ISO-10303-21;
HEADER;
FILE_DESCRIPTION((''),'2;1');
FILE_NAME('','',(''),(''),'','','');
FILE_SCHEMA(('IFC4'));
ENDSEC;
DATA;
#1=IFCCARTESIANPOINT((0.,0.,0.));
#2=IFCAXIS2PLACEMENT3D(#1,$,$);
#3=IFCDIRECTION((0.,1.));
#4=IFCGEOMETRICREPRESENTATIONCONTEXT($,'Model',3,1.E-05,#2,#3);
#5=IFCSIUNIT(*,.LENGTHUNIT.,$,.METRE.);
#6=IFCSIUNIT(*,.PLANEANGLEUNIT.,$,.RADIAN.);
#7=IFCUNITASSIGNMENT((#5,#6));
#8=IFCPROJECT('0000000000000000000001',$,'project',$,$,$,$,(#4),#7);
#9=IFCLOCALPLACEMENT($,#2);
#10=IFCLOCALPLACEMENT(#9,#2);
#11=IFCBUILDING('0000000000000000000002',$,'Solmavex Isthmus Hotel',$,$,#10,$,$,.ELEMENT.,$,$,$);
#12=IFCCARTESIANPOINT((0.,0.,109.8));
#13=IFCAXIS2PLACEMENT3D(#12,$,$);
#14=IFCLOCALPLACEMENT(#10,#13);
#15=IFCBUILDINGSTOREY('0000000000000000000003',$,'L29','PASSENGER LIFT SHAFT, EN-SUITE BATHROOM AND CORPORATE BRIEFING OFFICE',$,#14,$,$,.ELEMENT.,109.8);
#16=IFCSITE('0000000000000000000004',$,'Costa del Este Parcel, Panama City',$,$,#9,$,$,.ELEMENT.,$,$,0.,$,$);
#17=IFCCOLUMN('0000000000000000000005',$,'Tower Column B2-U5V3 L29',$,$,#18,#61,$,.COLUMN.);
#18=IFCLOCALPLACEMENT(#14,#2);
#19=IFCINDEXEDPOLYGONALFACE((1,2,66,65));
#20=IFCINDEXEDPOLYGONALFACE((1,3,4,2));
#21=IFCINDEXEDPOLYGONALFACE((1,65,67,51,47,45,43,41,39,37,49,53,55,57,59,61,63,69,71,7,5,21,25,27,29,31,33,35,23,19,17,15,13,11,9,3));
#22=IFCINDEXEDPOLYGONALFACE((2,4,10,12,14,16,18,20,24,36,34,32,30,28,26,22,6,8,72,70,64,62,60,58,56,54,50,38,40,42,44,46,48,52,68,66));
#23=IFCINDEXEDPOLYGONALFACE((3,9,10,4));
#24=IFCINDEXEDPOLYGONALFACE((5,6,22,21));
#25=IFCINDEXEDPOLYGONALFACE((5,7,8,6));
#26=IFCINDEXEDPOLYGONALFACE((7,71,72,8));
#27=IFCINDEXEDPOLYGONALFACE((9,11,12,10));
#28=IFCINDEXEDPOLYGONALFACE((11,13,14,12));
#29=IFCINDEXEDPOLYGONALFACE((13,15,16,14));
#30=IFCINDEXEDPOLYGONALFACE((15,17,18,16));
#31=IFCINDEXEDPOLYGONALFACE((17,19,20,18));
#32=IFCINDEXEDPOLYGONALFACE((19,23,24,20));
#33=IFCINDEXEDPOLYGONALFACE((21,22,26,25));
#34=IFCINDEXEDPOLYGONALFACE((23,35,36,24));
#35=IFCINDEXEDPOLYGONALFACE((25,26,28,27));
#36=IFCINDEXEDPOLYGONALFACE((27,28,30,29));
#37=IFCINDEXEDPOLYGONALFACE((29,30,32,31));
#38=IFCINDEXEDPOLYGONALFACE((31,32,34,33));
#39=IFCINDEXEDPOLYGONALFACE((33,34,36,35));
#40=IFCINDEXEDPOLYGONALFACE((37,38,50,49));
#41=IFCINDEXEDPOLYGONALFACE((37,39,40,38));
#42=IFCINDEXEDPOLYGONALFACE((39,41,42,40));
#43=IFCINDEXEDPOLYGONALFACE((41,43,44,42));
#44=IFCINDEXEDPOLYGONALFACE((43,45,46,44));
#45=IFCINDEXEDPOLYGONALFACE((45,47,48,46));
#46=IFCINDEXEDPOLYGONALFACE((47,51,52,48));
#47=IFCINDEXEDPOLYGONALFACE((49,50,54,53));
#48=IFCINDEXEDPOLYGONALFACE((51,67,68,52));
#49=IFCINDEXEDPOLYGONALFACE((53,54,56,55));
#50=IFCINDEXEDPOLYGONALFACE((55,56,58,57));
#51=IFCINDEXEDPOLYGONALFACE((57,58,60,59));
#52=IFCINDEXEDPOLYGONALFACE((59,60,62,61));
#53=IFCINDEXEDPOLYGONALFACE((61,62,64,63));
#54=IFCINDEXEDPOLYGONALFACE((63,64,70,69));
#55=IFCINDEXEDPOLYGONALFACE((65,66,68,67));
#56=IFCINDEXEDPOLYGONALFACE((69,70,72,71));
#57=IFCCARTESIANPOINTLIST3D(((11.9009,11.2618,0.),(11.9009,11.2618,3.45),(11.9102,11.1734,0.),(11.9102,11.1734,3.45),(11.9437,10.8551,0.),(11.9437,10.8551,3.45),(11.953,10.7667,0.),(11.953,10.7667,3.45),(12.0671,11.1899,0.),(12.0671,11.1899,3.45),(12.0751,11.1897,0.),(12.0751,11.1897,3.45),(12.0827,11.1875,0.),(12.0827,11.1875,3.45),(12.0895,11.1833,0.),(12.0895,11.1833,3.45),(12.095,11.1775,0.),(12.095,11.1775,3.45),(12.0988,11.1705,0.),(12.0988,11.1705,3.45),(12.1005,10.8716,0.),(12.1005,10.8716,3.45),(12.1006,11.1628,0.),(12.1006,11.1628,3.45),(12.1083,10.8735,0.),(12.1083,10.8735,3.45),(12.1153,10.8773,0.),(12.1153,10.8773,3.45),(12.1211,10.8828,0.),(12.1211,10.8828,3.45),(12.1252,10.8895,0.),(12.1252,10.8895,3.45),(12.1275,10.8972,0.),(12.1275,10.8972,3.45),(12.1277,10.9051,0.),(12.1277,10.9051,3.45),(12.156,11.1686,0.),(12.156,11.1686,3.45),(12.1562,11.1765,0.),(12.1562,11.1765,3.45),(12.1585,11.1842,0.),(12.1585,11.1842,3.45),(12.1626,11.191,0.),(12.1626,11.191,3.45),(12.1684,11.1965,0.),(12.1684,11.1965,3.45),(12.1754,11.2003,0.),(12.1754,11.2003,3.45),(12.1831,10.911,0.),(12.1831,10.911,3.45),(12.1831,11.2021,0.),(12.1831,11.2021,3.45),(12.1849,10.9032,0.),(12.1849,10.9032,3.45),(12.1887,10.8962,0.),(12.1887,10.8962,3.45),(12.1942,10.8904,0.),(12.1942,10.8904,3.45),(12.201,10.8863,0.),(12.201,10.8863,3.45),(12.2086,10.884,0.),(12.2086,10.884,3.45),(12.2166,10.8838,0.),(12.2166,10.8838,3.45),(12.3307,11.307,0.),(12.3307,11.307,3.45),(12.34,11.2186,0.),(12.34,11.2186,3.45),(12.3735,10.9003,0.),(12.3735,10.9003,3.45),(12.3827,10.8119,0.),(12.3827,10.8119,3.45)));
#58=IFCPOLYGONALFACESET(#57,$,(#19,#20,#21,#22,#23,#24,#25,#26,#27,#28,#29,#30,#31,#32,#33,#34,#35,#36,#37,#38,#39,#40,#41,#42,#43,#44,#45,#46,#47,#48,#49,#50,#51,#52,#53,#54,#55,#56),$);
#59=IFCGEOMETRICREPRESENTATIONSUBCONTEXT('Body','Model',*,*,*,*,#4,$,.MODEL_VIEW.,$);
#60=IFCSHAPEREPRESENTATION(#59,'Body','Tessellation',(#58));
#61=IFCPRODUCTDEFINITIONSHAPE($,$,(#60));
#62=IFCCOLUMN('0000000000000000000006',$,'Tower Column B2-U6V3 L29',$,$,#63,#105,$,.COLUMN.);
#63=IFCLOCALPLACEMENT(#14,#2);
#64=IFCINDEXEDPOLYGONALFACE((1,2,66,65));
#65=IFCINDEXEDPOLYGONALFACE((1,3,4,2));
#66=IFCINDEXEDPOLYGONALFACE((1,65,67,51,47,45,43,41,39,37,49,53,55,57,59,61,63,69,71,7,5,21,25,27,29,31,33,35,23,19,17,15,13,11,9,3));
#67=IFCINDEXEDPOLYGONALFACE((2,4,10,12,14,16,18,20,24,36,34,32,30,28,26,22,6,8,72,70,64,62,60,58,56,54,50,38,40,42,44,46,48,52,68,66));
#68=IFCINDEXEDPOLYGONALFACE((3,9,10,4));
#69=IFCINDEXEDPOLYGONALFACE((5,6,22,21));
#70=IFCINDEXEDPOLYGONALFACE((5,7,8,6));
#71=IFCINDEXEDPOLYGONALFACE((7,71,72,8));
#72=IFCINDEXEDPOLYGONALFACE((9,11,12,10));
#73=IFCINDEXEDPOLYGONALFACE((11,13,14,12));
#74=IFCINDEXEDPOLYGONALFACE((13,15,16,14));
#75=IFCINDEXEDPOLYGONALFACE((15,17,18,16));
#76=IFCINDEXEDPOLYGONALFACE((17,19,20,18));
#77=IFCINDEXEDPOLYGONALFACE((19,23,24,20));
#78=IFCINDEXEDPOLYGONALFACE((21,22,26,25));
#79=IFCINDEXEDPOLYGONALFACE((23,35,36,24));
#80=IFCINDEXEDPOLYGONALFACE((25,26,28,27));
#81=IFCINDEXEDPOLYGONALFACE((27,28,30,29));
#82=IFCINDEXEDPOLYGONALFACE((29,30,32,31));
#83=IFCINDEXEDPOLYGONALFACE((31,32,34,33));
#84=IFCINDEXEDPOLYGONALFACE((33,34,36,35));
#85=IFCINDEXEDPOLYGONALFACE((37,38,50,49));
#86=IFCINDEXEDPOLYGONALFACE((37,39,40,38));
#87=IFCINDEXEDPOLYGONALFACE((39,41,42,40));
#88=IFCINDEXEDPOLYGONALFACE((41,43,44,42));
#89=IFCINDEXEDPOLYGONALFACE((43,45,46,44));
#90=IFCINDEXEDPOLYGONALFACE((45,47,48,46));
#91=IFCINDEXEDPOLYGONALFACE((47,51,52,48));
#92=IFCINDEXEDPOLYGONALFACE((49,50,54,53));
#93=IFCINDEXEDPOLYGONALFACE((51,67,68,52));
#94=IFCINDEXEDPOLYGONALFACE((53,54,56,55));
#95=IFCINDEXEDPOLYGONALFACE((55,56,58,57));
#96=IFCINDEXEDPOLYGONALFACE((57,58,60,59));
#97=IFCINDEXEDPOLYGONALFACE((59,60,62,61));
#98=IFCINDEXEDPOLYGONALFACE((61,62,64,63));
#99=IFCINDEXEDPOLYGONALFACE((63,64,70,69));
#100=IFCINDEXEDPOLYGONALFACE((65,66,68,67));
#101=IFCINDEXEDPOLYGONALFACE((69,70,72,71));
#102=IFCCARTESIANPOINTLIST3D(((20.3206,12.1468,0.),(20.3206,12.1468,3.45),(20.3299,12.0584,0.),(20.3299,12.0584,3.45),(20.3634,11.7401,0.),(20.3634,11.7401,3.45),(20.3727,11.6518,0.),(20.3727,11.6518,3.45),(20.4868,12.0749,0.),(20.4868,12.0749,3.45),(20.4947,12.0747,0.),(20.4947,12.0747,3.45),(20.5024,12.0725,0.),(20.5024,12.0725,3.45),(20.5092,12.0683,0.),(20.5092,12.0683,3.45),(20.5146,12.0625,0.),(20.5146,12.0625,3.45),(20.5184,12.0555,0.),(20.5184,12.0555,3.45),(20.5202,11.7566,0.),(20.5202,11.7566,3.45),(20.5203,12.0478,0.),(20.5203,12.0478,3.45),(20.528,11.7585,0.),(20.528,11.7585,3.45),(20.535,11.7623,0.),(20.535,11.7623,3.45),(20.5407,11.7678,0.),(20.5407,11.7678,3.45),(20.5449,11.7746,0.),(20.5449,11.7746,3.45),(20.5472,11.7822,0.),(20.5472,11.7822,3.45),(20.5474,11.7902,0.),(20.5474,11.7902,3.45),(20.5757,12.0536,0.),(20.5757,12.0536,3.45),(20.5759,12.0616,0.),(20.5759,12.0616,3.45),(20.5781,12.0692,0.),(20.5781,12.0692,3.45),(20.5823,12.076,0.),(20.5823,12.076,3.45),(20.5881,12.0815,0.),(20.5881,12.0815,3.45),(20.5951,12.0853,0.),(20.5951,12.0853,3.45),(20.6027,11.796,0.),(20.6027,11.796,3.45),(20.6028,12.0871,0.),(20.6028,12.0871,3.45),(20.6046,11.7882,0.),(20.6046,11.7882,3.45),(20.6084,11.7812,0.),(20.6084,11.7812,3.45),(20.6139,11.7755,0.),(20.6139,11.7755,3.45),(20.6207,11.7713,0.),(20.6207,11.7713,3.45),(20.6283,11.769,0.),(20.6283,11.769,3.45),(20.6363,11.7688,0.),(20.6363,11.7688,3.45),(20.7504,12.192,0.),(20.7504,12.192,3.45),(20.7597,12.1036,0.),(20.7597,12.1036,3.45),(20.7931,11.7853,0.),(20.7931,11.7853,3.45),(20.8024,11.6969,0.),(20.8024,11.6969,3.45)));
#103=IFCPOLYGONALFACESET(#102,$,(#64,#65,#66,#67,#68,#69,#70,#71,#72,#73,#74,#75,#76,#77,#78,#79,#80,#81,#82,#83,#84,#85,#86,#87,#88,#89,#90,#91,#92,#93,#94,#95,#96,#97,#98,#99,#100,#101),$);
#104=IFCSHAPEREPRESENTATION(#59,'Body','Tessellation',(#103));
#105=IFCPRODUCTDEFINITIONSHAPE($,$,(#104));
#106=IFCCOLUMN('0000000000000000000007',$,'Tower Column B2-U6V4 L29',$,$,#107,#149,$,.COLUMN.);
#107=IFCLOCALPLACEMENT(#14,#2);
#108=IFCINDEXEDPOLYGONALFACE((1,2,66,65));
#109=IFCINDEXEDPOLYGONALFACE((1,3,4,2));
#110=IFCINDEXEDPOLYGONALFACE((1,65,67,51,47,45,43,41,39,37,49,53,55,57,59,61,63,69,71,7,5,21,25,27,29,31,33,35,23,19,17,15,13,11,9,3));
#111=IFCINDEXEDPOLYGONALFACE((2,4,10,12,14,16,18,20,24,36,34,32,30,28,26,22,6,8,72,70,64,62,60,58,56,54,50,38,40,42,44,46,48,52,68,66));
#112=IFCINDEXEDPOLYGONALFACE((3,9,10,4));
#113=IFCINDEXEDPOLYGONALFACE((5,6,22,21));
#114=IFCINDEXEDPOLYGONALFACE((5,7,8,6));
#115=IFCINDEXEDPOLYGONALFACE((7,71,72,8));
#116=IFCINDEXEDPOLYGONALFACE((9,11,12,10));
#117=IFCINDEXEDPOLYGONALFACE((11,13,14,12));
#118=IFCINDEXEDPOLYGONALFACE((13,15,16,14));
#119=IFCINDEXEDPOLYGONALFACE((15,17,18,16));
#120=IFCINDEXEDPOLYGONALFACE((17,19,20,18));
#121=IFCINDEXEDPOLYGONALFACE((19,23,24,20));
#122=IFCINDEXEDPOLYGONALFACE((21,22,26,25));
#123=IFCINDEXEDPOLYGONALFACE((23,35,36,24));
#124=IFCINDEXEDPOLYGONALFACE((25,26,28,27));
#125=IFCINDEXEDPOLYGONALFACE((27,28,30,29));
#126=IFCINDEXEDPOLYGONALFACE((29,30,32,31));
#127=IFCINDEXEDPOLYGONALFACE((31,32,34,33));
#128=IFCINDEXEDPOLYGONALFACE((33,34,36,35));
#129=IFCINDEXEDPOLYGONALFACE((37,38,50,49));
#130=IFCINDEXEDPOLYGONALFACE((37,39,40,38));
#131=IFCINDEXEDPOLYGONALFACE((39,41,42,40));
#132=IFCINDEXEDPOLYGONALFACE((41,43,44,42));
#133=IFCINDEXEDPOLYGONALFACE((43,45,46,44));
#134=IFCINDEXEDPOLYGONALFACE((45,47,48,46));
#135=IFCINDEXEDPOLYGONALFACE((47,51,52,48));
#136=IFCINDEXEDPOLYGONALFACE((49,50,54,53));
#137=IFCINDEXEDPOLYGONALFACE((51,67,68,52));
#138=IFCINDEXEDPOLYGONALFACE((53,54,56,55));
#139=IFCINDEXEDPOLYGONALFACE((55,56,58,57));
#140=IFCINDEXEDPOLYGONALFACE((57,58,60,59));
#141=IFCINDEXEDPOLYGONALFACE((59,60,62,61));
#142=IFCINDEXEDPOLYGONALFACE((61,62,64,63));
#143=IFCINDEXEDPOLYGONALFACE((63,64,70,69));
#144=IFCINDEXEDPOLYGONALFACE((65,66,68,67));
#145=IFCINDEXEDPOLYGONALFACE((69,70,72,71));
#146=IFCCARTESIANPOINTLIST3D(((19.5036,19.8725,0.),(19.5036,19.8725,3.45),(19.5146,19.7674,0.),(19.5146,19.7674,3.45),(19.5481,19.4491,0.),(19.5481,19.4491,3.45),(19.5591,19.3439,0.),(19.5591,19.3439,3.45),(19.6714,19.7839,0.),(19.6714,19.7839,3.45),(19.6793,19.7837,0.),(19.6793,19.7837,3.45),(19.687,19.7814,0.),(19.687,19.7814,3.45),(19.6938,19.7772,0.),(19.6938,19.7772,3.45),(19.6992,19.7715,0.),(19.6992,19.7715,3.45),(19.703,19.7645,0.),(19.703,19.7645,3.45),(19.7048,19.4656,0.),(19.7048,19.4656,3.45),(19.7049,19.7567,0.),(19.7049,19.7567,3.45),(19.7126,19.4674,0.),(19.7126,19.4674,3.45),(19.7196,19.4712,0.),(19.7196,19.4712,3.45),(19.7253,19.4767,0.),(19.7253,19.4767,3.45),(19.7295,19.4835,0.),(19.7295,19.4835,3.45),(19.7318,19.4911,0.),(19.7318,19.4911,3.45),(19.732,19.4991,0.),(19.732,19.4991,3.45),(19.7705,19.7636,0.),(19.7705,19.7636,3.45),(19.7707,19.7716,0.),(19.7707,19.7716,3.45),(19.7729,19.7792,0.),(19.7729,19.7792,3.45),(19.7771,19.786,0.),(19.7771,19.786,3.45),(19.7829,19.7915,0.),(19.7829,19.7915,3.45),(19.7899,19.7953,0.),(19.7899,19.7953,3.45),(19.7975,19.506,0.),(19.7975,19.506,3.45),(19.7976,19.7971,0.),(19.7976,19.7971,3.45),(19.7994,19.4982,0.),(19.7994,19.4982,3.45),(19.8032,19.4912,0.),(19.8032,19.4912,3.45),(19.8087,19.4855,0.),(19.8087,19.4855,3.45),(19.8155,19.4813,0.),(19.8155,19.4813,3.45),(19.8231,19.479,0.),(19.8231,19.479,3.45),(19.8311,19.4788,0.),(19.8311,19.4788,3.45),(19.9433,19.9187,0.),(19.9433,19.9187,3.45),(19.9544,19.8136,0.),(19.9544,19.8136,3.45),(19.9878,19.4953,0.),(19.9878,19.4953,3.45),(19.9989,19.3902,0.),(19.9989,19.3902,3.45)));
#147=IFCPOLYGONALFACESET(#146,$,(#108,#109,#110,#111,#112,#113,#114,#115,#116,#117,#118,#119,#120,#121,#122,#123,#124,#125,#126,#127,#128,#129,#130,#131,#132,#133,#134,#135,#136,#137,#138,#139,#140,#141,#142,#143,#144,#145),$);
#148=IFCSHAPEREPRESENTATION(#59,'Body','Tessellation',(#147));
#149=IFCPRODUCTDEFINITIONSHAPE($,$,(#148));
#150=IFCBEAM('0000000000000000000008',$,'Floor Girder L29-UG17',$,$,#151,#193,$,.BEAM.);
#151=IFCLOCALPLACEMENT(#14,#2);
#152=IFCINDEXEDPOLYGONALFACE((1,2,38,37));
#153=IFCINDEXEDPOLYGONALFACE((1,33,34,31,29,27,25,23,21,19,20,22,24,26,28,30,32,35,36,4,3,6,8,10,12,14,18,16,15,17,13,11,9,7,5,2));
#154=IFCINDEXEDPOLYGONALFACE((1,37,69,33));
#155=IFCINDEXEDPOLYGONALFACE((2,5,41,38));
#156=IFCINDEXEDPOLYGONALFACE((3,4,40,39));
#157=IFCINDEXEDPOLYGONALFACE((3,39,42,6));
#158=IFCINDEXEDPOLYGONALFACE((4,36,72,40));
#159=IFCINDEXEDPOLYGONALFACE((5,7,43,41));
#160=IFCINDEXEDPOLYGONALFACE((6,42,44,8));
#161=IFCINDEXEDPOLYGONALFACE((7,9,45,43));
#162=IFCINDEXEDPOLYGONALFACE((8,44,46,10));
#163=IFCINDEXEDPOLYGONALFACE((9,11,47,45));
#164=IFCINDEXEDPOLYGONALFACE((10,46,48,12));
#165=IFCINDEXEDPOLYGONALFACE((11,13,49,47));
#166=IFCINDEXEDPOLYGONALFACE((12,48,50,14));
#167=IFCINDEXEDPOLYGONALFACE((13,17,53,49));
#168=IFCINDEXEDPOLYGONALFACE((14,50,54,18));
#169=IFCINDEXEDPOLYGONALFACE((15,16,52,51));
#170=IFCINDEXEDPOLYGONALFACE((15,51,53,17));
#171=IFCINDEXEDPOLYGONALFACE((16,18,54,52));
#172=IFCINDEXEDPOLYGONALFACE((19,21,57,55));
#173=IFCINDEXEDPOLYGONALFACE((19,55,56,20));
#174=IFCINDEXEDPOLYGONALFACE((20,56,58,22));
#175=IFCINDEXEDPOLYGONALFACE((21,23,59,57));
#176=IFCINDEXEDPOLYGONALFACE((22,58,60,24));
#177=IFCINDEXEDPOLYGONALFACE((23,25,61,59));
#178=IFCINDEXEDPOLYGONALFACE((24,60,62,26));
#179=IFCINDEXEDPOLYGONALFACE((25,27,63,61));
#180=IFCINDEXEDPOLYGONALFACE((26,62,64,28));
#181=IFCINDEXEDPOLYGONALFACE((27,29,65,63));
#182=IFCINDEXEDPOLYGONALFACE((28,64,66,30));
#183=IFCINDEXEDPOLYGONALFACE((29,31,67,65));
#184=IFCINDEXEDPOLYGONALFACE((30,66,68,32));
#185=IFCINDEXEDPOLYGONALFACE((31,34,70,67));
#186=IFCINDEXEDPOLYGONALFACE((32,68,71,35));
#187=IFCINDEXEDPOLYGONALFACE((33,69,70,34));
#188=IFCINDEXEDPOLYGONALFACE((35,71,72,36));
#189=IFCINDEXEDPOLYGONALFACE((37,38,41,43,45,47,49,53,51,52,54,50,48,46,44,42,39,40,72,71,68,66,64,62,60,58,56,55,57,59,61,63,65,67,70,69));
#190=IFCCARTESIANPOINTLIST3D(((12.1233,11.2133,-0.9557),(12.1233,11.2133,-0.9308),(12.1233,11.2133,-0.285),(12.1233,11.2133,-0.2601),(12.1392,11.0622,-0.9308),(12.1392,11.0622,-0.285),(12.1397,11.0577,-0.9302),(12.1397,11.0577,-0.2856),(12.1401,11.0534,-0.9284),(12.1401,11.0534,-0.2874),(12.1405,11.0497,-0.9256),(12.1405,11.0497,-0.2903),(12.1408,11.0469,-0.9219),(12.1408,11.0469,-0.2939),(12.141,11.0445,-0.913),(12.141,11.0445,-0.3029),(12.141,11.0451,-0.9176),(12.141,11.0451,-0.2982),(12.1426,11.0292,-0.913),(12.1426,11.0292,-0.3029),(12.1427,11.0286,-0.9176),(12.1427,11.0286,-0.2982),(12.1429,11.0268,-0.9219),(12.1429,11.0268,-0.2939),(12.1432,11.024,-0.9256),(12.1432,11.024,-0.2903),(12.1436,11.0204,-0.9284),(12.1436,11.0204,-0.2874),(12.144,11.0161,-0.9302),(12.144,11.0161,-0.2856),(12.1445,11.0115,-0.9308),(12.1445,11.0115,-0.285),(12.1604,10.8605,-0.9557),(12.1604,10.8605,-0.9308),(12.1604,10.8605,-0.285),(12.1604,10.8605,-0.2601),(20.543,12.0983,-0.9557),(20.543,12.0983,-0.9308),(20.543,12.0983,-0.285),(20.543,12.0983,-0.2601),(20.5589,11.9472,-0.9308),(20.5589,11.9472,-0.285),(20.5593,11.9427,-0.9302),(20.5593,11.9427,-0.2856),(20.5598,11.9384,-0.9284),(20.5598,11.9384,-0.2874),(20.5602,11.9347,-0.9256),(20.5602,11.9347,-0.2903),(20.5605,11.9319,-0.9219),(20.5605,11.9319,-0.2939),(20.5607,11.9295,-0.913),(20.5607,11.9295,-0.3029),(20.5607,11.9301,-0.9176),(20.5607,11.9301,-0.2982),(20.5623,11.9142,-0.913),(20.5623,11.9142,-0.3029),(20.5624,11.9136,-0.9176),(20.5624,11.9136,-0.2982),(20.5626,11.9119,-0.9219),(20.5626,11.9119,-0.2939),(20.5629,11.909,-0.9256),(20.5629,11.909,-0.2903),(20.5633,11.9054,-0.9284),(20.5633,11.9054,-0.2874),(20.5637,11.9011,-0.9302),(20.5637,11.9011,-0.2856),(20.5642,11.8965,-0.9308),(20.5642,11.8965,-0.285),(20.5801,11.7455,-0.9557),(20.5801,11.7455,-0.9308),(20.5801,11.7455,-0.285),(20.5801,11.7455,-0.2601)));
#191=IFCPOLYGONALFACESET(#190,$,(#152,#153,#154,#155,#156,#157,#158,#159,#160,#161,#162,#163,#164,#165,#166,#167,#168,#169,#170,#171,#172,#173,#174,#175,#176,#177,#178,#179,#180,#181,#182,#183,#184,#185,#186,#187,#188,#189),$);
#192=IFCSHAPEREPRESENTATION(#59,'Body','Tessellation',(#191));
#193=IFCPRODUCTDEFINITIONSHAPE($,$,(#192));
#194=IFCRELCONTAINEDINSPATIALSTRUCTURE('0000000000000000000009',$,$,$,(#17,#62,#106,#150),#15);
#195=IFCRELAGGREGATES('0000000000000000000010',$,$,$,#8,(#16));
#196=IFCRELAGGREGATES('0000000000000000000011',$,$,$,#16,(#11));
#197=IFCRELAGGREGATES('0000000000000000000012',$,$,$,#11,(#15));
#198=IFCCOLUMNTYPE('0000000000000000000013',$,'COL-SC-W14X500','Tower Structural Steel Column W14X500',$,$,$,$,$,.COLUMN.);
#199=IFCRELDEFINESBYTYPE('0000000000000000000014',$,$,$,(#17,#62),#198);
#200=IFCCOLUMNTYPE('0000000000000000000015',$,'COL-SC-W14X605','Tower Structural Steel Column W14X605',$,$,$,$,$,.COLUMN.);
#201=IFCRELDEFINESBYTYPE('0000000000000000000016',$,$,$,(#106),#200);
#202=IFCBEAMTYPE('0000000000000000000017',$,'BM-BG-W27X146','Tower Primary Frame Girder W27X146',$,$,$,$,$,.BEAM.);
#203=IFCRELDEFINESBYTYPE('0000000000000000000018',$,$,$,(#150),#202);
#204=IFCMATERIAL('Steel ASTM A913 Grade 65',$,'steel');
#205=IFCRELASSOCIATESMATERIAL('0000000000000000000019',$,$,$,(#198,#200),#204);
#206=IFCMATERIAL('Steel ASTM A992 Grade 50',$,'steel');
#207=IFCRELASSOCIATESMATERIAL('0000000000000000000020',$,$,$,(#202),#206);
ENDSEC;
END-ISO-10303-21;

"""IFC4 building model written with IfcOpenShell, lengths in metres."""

from ifc_helpers import new_model, si_unit, direction, frame, origin, origin_2d, place, context, subcontext, project, spatial, i_section, extrude, material, material_profile, profile_set, type_object, element, save


model = new_model("IFC4")

# Units and contexts
model_context = context("Model", 3, precision=1e-05, world=origin(), true_north=direction((0.0, 1.0)))
body_context = subcontext(model_context, "Body", "Model", "MODEL_VIEW")
ifc_project = project(units=[si_unit("LENGTHUNIT", "METRE"), si_unit("PLANEANGLEUNIT", "RADIAN")], contexts=[model_context])

# Site, building, storey
site_placement = place(None, origin())
site = spatial("IfcSite", under=ifc_project, at=site_placement, Name="Costa del Este Parcel, Panama City", CompositionType="ELEMENT", RefElevation=0.0)
building_placement = place(site_placement, origin())
building = spatial("IfcBuilding", under=site, at=building_placement, Name="Solmavex Isthmus Hotel", CompositionType="ELEMENT")
storey_placement = place(building_placement, frame((0.0, 0.0, 109.8)))
storey = spatial("IfcBuildingStorey", under=building, at=storey_placement, Name="L29", Description="PASSENGER LIFT SHAFT, EN-SUITE BATHROOM AND CORPORATE BRIEFING OFFICE", CompositionType="ELEMENT", Elevation=109.8)

# Columns
ifc_material_1 = material(Name="Steel ASTM A913 Grade 65", Category="steel")
ifc_material_profile_1 = material_profile(ifc_material_1, i_section(OverallWidth=0.4321, OverallDepth=0.4978, WebThickness=0.0557, FlangeThickness=0.0889, FilletRadius=0.0305, at=origin_2d()), Name="W14X500")
ifc_profile_set_1 = profile_set([ifc_material_profile_1], Name="Steel ASTM A913 Grade 65")
column_type_1 = type_object("IfcColumnType", Name="COL-SC-W14X500", Description="Tower Structural Steel Column W14X500", PredefinedType="COLUMN", material=ifc_profile_set_1)
for number, where, z_axis, x_axis, name in (
    (1, (12.1418, 11.0369, 0.0), (0.0, 0.0, 1.0), (0.994522, 0.104528, 0.0), "Tower Column B2-U5V3 L29"),
    (2, (20.5615, 11.9219, 0.0), (0.0, 0.0, 1.0), (0.994522, 0.104528, 0.0), "Tower Column B2-U6V3 L29"),
):
    element("IfcColumn", number, at=place(storey_placement, frame(where, z_axis=z_axis, x_axis=x_axis)), inside=storey, type_object=column_type_1, Name=name, PredefinedType="COLUMN", context=body_context, shape_type="SweptSolid", body=[
        extrude(i_section(OverallWidth=0.4321, OverallDepth=0.4978, WebThickness=0.0557, FlangeThickness=0.0889, FilletRadius=0.0305, at=origin_2d()), origin(), (0.0, 0.0, 1.0), 3.45),
    ])
ifc_material_profile_2 = material_profile(ifc_material_1, i_section(OverallWidth=0.4421, OverallDepth=0.5315, WebThickness=0.0659, FlangeThickness=0.1057, FilletRadius=0.0305, at=origin_2d()), Name="W14X605")
ifc_profile_set_2 = profile_set([ifc_material_profile_2], Name="Steel ASTM A913 Grade 65")
column_type_2 = type_object("IfcColumnType", Name="COL-SC-W14X605", Description="Tower Structural Steel Column W14X605", PredefinedType="COLUMN", material=ifc_profile_set_2)
column_placement = place(storey_placement, frame((19.7512, 19.6313, 0.0), z_axis=(0.0, 0.0, 1.0), x_axis=(0.994522, 0.104528, 0.0)))
element("IfcColumn", 3, at=column_placement, inside=storey, type_object=column_type_2, Name="Tower Column B2-U6V4 L29", PredefinedType="COLUMN", context=body_context, shape_type="SweptSolid", body=[
    extrude(i_section(OverallWidth=0.4421, OverallDepth=0.5315, WebThickness=0.0659, FlangeThickness=0.1057, FilletRadius=0.0305, at=origin_2d()), origin(), (0.0, 0.0, 1.0), 3.45),
])

# Beam
ifc_material_2 = material(Name="Steel ASTM A992 Grade 50", Category="steel")
ifc_material_profile_3 = material_profile(ifc_material_2, i_section(OverallWidth=0.3547, OverallDepth=0.6956, WebThickness=0.0154, FlangeThickness=0.0249, FilletRadius=0.0178, at=origin_2d()), Name="W27X146")
ifc_profile_set_3 = profile_set([ifc_material_profile_3], Name="Steel ASTM A992 Grade 50")
beam_type_1 = type_object("IfcBeamType", Name="BM-BG-W27X146", Description="Tower Primary Frame Girder W27X146", PredefinedType="BEAM", material=ifc_profile_set_3)
beam_1_placement = place(storey_placement, frame((12.1418, 11.0369, -0.6079), z_axis=(0.994521, 0.104536, 0.0), x_axis=(-0.104536, 0.994521, 0.0)))
element("IfcBeam", 4, at=beam_1_placement, inside=storey, type_object=beam_type_1, Name="Floor Girder L29-UG17", PredefinedType="BEAM", context=body_context, shape_type="SweptSolid", body=[
    extrude(i_section(OverallWidth=0.3547, OverallDepth=0.6956, WebThickness=0.0154, FlangeThickness=0.0249, FilletRadius=0.0178, at=origin_2d()), origin(), (0.0, 0.0, 1.0), 8.4661),
])

save(model, "model.ifc")
